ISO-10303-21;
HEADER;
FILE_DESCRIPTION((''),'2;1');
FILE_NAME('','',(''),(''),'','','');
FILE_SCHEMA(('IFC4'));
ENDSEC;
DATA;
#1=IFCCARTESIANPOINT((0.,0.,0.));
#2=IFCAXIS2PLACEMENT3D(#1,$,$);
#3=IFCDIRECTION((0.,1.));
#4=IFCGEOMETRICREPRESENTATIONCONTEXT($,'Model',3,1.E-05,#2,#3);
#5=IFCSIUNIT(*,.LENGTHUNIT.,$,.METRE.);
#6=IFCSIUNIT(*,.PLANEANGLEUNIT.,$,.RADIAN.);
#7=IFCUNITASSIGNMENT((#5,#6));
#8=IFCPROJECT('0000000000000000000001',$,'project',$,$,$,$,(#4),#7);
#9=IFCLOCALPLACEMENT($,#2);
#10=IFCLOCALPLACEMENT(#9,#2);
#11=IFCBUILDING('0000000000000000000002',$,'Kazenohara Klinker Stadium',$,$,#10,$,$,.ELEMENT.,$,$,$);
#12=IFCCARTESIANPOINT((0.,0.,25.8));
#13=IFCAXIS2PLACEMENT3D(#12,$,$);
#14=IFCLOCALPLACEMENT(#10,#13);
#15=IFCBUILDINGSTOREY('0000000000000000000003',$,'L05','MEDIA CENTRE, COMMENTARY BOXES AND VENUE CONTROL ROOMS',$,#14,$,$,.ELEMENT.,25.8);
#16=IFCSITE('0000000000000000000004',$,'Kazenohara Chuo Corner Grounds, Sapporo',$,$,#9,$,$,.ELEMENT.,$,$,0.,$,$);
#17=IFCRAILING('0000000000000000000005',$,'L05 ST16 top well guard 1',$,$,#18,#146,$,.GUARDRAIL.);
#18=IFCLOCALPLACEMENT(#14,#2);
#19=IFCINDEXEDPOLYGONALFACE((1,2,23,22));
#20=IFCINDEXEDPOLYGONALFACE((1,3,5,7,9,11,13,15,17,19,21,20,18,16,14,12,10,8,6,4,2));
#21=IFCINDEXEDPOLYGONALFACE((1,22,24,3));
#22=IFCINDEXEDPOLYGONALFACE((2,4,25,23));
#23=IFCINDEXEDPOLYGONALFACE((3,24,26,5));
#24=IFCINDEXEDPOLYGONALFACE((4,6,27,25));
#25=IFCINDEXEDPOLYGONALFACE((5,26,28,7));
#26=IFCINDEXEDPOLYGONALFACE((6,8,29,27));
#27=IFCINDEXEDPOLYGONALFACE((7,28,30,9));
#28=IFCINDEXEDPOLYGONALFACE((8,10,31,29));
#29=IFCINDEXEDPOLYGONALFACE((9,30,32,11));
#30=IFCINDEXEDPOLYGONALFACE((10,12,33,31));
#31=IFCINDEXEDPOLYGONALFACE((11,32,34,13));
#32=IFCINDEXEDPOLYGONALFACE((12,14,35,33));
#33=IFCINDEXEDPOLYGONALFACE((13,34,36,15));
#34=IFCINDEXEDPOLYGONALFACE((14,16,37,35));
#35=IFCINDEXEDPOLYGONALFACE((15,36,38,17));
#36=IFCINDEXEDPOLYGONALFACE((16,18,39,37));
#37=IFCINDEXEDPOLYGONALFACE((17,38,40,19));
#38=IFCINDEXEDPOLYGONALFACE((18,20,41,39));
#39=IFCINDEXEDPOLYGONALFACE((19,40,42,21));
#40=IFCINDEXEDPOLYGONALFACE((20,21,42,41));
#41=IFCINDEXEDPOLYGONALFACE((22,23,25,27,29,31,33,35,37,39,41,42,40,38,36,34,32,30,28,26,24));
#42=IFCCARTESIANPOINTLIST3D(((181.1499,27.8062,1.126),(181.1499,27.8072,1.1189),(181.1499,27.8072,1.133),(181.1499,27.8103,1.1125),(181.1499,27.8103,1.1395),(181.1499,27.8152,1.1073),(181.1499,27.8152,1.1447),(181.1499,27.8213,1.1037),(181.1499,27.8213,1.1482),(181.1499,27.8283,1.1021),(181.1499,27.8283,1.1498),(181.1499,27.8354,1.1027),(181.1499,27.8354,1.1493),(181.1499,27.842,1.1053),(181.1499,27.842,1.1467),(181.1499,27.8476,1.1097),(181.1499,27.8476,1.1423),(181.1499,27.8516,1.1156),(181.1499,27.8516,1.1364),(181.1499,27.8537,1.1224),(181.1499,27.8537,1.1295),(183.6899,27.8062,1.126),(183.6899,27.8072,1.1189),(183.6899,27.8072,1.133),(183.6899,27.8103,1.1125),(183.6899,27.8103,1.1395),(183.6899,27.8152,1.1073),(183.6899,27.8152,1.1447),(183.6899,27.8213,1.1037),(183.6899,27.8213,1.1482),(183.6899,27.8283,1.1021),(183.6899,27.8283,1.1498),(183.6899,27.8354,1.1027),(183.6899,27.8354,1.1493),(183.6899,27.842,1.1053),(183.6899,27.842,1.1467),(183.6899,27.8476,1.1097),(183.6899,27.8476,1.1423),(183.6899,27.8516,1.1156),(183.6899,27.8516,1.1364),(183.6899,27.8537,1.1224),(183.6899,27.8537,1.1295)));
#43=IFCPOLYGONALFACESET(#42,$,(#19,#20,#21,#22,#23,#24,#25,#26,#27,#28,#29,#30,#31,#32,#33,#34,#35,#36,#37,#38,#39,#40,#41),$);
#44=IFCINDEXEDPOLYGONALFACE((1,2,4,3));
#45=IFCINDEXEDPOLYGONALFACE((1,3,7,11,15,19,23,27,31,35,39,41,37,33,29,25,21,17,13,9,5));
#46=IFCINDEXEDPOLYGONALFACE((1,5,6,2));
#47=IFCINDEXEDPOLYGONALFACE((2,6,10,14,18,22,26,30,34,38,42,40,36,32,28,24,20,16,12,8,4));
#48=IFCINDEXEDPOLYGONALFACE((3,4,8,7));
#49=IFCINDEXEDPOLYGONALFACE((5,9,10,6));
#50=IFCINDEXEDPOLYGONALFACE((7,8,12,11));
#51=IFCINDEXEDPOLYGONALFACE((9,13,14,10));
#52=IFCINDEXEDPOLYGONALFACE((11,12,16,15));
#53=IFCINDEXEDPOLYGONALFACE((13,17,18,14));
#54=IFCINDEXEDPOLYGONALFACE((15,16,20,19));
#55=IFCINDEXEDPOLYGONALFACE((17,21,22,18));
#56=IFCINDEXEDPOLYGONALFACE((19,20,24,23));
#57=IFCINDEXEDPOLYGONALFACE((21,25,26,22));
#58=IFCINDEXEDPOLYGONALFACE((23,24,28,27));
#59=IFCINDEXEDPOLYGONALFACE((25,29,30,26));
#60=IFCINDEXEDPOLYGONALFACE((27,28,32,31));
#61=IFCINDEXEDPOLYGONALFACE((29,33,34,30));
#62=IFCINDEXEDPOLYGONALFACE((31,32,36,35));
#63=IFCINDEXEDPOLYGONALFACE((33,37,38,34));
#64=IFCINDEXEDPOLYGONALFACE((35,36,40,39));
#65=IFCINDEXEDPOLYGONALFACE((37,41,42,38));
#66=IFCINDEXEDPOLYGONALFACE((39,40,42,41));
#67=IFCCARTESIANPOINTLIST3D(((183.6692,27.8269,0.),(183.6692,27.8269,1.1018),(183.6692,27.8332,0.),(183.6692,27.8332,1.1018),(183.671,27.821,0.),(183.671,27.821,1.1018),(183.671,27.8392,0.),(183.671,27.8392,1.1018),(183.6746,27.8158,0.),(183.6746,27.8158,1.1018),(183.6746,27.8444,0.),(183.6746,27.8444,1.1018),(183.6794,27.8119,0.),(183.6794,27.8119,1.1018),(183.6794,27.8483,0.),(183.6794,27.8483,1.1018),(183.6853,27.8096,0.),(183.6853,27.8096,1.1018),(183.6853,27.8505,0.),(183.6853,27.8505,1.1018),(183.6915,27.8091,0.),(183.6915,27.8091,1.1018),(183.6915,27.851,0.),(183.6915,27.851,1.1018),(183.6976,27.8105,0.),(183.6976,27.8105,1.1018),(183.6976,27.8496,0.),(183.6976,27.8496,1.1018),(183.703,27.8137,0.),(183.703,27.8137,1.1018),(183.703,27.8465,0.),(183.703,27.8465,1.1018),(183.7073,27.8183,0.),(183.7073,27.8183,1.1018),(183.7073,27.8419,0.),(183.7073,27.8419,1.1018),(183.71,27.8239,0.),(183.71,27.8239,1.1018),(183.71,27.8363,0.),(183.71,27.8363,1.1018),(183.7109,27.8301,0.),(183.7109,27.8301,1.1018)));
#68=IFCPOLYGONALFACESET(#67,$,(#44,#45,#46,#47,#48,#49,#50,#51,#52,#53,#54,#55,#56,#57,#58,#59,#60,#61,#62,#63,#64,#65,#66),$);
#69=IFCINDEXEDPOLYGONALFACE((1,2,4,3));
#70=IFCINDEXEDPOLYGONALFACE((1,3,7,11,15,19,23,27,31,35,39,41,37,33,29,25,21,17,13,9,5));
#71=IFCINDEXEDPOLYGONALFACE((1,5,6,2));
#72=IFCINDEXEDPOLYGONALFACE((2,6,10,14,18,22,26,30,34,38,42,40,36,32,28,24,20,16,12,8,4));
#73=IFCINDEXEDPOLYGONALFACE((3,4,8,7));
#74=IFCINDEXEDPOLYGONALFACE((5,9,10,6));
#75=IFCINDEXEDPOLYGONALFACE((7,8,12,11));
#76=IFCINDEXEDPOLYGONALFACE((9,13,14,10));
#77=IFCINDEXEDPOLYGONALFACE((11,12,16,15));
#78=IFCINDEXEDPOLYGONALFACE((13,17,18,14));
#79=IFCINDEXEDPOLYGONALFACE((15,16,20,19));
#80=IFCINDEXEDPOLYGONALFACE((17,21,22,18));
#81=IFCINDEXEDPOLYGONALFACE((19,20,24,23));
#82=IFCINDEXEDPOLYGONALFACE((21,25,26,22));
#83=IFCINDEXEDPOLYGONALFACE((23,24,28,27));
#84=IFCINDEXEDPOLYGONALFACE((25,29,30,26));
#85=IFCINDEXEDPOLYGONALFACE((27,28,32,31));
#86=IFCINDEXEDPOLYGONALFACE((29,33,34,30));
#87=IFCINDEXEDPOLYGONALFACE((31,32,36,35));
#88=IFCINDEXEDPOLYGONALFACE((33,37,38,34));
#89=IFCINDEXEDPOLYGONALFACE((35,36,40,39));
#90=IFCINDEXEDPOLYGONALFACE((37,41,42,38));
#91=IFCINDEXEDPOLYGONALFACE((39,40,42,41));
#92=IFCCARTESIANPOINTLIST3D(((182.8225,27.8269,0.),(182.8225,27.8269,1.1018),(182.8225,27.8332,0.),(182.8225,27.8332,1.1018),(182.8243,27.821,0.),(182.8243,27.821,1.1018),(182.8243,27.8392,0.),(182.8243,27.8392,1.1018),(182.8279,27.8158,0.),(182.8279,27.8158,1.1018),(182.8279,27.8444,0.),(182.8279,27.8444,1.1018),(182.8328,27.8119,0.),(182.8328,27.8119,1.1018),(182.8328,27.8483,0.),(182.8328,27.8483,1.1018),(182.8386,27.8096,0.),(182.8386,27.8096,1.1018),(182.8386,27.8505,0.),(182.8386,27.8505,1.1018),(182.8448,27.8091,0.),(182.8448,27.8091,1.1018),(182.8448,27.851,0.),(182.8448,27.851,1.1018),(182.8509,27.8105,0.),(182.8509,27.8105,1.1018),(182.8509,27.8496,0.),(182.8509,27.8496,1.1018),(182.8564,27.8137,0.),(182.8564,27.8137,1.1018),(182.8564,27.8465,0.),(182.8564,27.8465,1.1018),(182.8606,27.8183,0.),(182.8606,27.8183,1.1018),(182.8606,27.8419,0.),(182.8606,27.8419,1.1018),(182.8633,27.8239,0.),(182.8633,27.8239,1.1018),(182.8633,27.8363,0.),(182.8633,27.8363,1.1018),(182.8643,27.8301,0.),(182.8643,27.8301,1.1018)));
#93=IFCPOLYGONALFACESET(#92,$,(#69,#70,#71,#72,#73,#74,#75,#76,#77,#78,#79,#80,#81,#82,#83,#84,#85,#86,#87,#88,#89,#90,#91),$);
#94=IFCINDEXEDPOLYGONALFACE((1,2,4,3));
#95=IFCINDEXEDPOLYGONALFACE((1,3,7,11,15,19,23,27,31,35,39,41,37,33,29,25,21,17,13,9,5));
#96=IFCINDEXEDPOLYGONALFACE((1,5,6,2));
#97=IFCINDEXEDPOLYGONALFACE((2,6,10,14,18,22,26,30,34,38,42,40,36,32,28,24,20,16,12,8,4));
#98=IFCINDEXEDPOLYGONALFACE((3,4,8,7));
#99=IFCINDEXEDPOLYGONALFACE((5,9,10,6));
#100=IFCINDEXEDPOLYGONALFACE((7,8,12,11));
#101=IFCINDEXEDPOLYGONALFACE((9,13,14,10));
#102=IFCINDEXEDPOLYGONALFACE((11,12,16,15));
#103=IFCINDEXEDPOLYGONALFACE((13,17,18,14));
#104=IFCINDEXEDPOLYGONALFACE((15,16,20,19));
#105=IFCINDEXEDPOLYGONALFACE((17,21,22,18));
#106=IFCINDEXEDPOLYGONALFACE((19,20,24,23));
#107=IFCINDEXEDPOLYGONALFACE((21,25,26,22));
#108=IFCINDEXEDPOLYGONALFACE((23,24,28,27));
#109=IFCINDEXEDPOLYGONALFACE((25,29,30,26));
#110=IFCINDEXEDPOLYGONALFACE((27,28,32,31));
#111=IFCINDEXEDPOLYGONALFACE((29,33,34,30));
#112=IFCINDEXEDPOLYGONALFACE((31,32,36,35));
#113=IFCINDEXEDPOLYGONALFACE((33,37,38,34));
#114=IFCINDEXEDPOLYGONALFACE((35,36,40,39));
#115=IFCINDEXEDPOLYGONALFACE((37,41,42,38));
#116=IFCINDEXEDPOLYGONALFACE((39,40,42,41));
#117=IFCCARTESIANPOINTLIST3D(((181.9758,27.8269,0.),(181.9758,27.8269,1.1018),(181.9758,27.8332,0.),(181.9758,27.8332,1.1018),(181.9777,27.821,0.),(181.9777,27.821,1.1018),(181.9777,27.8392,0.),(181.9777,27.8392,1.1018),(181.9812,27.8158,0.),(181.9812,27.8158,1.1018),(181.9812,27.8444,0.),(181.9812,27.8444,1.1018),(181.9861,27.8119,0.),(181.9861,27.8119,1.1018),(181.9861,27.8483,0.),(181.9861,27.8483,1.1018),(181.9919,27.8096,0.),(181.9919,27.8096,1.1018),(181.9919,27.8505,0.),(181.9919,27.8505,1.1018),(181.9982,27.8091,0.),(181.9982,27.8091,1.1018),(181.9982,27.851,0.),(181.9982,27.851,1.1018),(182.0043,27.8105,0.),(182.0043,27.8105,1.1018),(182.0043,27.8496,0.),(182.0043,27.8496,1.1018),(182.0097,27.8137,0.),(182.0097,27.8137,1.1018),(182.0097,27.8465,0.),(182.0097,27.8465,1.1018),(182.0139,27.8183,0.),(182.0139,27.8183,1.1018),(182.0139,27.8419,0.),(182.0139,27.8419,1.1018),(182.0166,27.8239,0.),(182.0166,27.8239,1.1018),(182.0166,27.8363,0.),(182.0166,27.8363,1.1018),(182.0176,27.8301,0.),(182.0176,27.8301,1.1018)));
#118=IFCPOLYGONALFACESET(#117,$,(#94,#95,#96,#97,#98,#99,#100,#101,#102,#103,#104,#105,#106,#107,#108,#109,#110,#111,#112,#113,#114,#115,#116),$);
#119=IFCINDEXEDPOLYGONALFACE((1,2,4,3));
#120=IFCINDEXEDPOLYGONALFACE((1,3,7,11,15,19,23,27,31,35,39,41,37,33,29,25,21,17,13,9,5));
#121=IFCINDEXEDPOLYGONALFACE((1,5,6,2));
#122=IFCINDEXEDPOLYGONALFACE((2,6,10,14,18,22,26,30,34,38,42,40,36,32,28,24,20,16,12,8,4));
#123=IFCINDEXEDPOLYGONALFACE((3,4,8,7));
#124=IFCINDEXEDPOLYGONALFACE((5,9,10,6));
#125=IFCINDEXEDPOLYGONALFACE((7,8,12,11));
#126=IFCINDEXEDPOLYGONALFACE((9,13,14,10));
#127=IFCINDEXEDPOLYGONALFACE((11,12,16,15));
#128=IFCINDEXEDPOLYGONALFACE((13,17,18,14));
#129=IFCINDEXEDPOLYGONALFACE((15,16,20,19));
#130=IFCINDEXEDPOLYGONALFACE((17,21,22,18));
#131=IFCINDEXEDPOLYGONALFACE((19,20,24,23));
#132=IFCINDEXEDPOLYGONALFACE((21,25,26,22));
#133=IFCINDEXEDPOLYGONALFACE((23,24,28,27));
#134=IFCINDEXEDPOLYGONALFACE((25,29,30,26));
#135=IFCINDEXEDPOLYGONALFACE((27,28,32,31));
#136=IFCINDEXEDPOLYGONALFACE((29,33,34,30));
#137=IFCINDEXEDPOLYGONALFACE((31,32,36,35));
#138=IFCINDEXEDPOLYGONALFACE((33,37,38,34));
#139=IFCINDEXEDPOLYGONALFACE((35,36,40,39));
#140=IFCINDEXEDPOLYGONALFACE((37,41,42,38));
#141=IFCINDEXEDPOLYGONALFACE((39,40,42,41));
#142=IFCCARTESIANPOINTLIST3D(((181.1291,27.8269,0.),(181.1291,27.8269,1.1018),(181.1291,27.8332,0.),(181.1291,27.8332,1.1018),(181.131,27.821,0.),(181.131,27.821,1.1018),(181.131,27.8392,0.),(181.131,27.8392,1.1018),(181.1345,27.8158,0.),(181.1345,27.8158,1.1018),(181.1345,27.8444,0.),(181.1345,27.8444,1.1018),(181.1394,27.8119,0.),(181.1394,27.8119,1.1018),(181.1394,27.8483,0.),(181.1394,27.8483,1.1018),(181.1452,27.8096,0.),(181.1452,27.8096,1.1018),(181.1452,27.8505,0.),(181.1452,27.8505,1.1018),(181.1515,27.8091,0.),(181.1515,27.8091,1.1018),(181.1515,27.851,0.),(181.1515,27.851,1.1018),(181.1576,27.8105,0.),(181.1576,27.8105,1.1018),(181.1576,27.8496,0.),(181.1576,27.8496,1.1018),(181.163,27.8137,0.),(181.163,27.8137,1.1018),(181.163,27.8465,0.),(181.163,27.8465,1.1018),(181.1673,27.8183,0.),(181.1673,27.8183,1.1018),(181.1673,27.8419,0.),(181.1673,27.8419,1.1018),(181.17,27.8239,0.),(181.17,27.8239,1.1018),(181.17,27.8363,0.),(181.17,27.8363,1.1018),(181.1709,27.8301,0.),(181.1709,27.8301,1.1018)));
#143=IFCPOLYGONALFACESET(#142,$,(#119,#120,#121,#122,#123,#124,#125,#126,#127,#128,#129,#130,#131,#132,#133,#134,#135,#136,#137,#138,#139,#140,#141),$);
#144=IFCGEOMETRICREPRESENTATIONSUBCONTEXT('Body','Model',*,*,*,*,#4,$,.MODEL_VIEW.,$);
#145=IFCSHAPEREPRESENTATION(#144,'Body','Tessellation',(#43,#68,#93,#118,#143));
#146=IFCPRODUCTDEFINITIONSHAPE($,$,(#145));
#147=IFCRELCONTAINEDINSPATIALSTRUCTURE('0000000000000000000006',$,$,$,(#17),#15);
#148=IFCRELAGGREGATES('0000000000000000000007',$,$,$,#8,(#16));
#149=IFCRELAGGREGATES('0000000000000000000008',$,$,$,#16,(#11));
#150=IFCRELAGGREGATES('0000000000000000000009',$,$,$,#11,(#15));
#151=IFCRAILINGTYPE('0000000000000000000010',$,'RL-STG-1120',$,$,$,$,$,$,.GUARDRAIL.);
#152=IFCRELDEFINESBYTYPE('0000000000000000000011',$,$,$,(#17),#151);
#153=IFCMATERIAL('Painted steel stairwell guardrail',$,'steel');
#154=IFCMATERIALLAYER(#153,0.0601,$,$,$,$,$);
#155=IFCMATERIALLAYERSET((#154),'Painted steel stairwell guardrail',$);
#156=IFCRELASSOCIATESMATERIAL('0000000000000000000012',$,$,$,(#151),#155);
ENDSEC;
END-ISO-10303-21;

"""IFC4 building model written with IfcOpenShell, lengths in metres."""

from ifc_helpers import new_model, si_unit, direction, frame, origin, origin_2d, place, context, subcontext, project, spatial, circle, extrude, material, layer, layer_set, type_object, element, save


model = new_model("IFC4")

# Units and contexts
model_context = context("Model", 3, precision=1e-05, world=origin(), true_north=direction((0.0, 1.0)))
body_context = subcontext(model_context, "Body", "Model", "MODEL_VIEW")
ifc_project = project(units=[si_unit("LENGTHUNIT", "METRE"), si_unit("PLANEANGLEUNIT", "RADIAN")], contexts=[model_context])

# Site, building, storey
site_placement = place(None, origin())
site = spatial("IfcSite", under=ifc_project, at=site_placement, Name="Kazenohara Chuo Corner Grounds, Sapporo", CompositionType="ELEMENT", RefElevation=0.0)
building_placement = place(site_placement, origin())
building = spatial("IfcBuilding", under=site, at=building_placement, Name="Kazenohara Klinker Stadium", CompositionType="ELEMENT")
storey_placement = place(building_placement, frame((0.0, 0.0, 25.8)))
storey = spatial("IfcBuildingStorey", under=building, at=storey_placement, Name="L05", Description="MEDIA CENTRE, COMMENTARY BOXES AND VENUE CONTROL ROOMS", CompositionType="ELEMENT", Elevation=25.8)

# Railing
ifc_material_1 = material(Name="Painted steel stairwell guardrail", Category="steel")
ifc_layer_1 = layer(ifc_material_1, 0.0601)
ifc_layer_set_1 = layer_set([ifc_layer_1], Name="Painted steel stairwell guardrail")
railing_type = type_object("IfcRailingType", Name="RL-STG-1120", PredefinedType="GUARDRAIL", material=ifc_layer_set_1)
railing_placement = place(storey_placement, frame((183.6899, 27.8301, 0.0)))
element("IfcRailing", 1, at=railing_placement, inside=storey, type_object=railing_type, Name="L05 ST16 top well guard 1", PredefinedType="GUARDRAIL", context=body_context, shape_type="SweptSolid", body=[
    extrude(circle(Radius=0.0239, at=origin_2d()), frame((0.0, 0.0, 1.126), z_axis=(-1.0, 0.0, 0.0), x_axis=(0.0, -1.0, 0.0)), (0.0, 0.0, 1.0), 2.54),
    extrude(circle(Radius=0.021, at=origin_2d()), origin(), (0.0, 0.0, 1.0), 1.1018),
    extrude(circle(Radius=0.021, at=origin_2d()), frame((-0.8467, 0.0, 0.0)), (0.0, 0.0, 1.0), 1.1018),
    extrude(circle(Radius=0.021, at=origin_2d()), frame((-1.6934, 0.0, 0.0)), (0.0, 0.0, 1.0), 1.1018),
    extrude(circle(Radius=0.021, at=origin_2d()), frame((-2.54, 0.0, 0.0)), (0.0, 0.0, 1.0), 1.1018),
])

save(model, "model.ifc")
